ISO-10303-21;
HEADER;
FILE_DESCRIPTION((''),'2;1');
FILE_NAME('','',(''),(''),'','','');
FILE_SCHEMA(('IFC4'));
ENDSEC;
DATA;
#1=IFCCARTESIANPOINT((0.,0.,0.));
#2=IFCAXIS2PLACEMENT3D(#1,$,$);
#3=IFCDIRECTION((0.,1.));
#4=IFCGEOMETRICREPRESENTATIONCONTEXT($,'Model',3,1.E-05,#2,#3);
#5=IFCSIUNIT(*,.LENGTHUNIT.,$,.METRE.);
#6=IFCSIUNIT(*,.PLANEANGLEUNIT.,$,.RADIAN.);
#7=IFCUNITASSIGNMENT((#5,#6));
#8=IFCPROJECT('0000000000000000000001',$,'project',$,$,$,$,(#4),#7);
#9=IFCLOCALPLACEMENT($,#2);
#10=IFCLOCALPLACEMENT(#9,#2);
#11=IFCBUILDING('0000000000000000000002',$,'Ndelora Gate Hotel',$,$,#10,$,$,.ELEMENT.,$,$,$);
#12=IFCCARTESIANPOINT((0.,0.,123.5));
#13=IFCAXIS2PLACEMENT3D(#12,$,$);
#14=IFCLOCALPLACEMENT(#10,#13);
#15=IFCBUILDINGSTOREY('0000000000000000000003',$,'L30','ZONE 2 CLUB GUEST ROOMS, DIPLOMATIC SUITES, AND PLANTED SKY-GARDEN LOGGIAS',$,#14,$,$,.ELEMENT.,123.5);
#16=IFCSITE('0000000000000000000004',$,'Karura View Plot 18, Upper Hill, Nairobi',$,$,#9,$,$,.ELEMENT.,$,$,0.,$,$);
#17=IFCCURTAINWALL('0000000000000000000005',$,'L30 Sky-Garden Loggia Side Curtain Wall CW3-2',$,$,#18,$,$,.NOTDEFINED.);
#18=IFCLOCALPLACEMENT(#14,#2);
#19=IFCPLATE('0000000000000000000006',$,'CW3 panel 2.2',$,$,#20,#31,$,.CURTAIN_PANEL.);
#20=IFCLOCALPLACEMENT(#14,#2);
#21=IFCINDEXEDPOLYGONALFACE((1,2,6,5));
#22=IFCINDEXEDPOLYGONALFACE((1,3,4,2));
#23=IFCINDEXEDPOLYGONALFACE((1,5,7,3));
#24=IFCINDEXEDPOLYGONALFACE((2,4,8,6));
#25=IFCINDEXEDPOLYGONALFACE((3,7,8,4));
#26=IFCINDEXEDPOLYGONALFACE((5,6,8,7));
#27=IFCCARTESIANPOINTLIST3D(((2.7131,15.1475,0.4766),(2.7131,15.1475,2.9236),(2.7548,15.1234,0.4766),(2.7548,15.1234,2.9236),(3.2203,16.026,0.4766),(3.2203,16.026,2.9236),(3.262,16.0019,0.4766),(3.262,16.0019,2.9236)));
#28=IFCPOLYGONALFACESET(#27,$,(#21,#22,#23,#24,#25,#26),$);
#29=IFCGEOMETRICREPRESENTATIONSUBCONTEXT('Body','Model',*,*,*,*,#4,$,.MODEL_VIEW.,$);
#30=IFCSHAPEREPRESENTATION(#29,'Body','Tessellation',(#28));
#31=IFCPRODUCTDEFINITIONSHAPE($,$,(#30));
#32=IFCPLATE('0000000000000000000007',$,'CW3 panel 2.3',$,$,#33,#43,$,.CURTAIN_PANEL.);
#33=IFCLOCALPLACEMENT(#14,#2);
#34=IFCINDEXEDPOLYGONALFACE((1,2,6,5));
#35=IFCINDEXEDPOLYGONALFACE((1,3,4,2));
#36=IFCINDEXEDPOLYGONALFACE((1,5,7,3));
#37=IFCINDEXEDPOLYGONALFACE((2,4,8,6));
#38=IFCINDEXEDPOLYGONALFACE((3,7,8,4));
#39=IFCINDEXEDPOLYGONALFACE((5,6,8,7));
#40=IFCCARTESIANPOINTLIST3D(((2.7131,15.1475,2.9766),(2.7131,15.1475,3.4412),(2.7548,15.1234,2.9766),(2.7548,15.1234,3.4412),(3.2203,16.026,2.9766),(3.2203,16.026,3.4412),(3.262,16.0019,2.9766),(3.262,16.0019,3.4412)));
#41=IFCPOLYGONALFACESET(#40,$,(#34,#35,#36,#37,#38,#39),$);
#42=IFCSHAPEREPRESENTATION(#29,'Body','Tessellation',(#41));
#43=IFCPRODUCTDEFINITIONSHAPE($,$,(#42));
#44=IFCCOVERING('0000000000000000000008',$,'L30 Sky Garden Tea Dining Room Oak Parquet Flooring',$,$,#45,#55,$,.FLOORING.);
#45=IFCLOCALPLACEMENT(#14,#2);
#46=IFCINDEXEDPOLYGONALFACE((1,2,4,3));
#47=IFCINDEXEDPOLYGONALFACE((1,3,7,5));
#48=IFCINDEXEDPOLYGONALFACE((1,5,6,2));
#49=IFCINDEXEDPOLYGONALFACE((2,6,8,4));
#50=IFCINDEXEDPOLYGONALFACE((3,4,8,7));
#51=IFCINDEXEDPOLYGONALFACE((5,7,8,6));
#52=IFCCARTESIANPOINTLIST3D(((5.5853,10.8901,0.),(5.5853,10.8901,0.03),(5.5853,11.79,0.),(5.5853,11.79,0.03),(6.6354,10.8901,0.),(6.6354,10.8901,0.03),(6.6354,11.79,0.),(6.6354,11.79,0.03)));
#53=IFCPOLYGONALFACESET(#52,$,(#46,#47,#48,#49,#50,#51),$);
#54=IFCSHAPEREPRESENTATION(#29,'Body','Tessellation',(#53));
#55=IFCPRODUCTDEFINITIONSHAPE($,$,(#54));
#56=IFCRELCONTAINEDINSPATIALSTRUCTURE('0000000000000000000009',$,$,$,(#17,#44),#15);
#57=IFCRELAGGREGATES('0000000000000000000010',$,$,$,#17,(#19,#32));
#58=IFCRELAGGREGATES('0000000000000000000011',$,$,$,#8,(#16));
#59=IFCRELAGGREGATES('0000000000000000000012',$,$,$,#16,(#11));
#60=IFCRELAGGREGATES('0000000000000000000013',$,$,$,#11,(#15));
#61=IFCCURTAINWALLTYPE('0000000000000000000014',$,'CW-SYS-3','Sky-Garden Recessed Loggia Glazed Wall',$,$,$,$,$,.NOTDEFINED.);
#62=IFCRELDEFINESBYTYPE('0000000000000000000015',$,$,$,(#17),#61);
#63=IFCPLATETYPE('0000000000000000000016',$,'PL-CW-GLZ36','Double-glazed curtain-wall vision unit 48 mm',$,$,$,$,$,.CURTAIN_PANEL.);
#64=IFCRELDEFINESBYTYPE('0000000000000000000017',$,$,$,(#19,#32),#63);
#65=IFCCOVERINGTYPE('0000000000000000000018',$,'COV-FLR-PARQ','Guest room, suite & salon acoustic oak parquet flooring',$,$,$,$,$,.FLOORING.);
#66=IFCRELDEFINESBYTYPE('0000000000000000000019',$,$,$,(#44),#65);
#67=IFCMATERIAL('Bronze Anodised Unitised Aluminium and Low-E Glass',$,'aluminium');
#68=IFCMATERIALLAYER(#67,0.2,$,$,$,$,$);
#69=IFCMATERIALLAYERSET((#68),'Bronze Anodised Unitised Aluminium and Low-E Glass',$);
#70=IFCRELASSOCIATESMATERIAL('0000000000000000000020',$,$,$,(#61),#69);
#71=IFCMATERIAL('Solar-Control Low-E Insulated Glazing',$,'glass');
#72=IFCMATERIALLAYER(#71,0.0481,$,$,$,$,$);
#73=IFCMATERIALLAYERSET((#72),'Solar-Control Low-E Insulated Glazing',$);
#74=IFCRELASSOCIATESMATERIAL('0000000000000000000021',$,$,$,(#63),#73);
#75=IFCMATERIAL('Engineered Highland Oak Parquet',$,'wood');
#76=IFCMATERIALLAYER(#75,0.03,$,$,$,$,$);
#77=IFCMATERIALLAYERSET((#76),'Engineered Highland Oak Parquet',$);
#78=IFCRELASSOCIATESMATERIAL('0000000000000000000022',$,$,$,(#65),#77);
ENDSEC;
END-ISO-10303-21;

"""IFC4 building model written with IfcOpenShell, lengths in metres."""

from ifc_helpers import new_model, si_unit, direction, frame, origin, origin_2d, place, context, subcontext, project, spatial, rectangle, extrude, material, layer, layer_set, type_object, element, aggregate, save


model = new_model("IFC4")

# Units and contexts
model_context = context("Model", 3, precision=1e-05, world=origin(), true_north=direction((0.0, 1.0)))
body_context = subcontext(model_context, "Body", "Model", "MODEL_VIEW")
ifc_project = project(units=[si_unit("LENGTHUNIT", "METRE"), si_unit("PLANEANGLEUNIT", "RADIAN")], contexts=[model_context])

# Site, building, storey
site_placement = place(None, origin())
site = spatial("IfcSite", under=ifc_project, at=site_placement, Name="Karura View Plot 18, Upper Hill, Nairobi", CompositionType="ELEMENT", RefElevation=0.0)
building_placement = place(site_placement, origin())
building = spatial("IfcBuilding", under=site, at=building_placement, Name="Ndelora Gate Hotel", CompositionType="ELEMENT")
storey_placement = place(building_placement, frame((0.0, 0.0, 123.5)))
storey = spatial("IfcBuildingStorey", under=building, at=storey_placement, Name="L30", Description="ZONE 2 CLUB GUEST ROOMS, DIPLOMATIC SUITES, AND PLANTED SKY-GARDEN LOGGIAS", CompositionType="ELEMENT", Elevation=123.5)

# Curtain wall, plates
ifc_material_1 = material(Name="Bronze Anodised Unitised Aluminium and Low-E Glass", Category="aluminium")
ifc_layer_1 = layer(ifc_material_1, 0.2)
ifc_layer_set_1 = layer_set([ifc_layer_1], Name="Bronze Anodised Unitised Aluminium and Low-E Glass")
curtain_wall_type = type_object("IfcCurtainWallType", Name="CW-SYS-3", Description="Sky-Garden Recessed Loggia Glazed Wall", PredefinedType="NOTDEFINED", material=ifc_layer_set_1)
curtain_wall_placement = place(storey_placement, origin())
curtain_wall = element("IfcCurtainWall", 1, at=curtain_wall_placement, inside=storey, type_object=curtain_wall_type, Name="L30 Sky-Garden Loggia Side Curtain Wall CW3-2", PredefinedType="NOTDEFINED")
ifc_material_2 = material(Name="Solar-Control Low-E Insulated Glazing", Category="glass")
ifc_layer_2 = layer(ifc_material_2, 0.0481)
ifc_layer_set_2 = layer_set([ifc_layer_2], Name="Solar-Control Low-E Insulated Glazing")
plate_type = type_object("IfcPlateType", Name="PL-CW-GLZ36", Description="Double-glazed curtain-wall vision unit 48 mm", PredefinedType="CURTAIN_PANEL", material=ifc_layer_set_2)
plate_1_placement = place(storey_placement, frame((2.9875, 15.5747, 0.4766), z_axis=(0.0, 0.0, 1.0), x_axis=(-0.500011, -0.866019, 0.0)))
plate_1 = element("IfcPlate", 2, at=plate_1_placement, type_object=plate_type, Name="CW3 panel 2.2", PredefinedType="CURTAIN_PANEL", context=body_context, shape_type="SweptSolid", body=[
    extrude(rectangle(XDim=1.0144, YDim=0.0481, at=origin_2d()), origin(), (0.0, 0.0, 1.0), 2.447),
])
plate_2_placement = place(storey_placement, frame((2.9875, 15.5747, 2.9766), z_axis=(0.0, 0.0, 1.0), x_axis=(-0.500011, -0.866019, 0.0)))
plate_2 = element("IfcPlate", 3, at=plate_2_placement, type_object=plate_type, Name="CW3 panel 2.3", PredefinedType="CURTAIN_PANEL", context=body_context, shape_type="SweptSolid", body=[
    extrude(rectangle(XDim=1.0144, YDim=0.0481, at=origin_2d()), origin(), (0.0, 0.0, 1.0), 0.4646),
])
aggregate(curtain_wall, [plate_1, plate_2])

# Covering
ifc_material_3 = material(Name="Engineered Highland Oak Parquet", Category="wood")
ifc_layer_3 = layer(ifc_material_3, 0.03)
ifc_layer_set_3 = layer_set([ifc_layer_3], Name="Engineered Highland Oak Parquet")
covering_type = type_object("IfcCoveringType", Name="COV-FLR-PARQ", Description="Guest room, suite & salon acoustic oak parquet flooring", PredefinedType="FLOORING", material=ifc_layer_set_3)
covering_placement = place(storey_placement, frame((6.1104, 11.3401, 0.0), z_axis=(0.0, 0.0, 1.0), x_axis=(1.0, 0.0, 0.0)))
element("IfcCovering", 4, at=covering_placement, inside=storey, type_object=covering_type, Name="L30 Sky Garden Tea Dining Room Oak Parquet Flooring", PredefinedType="FLOORING", context=body_context, shape_type="SweptSolid", body=[
    extrude(rectangle(XDim=1.05, YDim=0.8999, at=origin_2d()), origin(), (0.0, 0.0, 1.0), 0.03),
])

save(model, "model.ifc")
